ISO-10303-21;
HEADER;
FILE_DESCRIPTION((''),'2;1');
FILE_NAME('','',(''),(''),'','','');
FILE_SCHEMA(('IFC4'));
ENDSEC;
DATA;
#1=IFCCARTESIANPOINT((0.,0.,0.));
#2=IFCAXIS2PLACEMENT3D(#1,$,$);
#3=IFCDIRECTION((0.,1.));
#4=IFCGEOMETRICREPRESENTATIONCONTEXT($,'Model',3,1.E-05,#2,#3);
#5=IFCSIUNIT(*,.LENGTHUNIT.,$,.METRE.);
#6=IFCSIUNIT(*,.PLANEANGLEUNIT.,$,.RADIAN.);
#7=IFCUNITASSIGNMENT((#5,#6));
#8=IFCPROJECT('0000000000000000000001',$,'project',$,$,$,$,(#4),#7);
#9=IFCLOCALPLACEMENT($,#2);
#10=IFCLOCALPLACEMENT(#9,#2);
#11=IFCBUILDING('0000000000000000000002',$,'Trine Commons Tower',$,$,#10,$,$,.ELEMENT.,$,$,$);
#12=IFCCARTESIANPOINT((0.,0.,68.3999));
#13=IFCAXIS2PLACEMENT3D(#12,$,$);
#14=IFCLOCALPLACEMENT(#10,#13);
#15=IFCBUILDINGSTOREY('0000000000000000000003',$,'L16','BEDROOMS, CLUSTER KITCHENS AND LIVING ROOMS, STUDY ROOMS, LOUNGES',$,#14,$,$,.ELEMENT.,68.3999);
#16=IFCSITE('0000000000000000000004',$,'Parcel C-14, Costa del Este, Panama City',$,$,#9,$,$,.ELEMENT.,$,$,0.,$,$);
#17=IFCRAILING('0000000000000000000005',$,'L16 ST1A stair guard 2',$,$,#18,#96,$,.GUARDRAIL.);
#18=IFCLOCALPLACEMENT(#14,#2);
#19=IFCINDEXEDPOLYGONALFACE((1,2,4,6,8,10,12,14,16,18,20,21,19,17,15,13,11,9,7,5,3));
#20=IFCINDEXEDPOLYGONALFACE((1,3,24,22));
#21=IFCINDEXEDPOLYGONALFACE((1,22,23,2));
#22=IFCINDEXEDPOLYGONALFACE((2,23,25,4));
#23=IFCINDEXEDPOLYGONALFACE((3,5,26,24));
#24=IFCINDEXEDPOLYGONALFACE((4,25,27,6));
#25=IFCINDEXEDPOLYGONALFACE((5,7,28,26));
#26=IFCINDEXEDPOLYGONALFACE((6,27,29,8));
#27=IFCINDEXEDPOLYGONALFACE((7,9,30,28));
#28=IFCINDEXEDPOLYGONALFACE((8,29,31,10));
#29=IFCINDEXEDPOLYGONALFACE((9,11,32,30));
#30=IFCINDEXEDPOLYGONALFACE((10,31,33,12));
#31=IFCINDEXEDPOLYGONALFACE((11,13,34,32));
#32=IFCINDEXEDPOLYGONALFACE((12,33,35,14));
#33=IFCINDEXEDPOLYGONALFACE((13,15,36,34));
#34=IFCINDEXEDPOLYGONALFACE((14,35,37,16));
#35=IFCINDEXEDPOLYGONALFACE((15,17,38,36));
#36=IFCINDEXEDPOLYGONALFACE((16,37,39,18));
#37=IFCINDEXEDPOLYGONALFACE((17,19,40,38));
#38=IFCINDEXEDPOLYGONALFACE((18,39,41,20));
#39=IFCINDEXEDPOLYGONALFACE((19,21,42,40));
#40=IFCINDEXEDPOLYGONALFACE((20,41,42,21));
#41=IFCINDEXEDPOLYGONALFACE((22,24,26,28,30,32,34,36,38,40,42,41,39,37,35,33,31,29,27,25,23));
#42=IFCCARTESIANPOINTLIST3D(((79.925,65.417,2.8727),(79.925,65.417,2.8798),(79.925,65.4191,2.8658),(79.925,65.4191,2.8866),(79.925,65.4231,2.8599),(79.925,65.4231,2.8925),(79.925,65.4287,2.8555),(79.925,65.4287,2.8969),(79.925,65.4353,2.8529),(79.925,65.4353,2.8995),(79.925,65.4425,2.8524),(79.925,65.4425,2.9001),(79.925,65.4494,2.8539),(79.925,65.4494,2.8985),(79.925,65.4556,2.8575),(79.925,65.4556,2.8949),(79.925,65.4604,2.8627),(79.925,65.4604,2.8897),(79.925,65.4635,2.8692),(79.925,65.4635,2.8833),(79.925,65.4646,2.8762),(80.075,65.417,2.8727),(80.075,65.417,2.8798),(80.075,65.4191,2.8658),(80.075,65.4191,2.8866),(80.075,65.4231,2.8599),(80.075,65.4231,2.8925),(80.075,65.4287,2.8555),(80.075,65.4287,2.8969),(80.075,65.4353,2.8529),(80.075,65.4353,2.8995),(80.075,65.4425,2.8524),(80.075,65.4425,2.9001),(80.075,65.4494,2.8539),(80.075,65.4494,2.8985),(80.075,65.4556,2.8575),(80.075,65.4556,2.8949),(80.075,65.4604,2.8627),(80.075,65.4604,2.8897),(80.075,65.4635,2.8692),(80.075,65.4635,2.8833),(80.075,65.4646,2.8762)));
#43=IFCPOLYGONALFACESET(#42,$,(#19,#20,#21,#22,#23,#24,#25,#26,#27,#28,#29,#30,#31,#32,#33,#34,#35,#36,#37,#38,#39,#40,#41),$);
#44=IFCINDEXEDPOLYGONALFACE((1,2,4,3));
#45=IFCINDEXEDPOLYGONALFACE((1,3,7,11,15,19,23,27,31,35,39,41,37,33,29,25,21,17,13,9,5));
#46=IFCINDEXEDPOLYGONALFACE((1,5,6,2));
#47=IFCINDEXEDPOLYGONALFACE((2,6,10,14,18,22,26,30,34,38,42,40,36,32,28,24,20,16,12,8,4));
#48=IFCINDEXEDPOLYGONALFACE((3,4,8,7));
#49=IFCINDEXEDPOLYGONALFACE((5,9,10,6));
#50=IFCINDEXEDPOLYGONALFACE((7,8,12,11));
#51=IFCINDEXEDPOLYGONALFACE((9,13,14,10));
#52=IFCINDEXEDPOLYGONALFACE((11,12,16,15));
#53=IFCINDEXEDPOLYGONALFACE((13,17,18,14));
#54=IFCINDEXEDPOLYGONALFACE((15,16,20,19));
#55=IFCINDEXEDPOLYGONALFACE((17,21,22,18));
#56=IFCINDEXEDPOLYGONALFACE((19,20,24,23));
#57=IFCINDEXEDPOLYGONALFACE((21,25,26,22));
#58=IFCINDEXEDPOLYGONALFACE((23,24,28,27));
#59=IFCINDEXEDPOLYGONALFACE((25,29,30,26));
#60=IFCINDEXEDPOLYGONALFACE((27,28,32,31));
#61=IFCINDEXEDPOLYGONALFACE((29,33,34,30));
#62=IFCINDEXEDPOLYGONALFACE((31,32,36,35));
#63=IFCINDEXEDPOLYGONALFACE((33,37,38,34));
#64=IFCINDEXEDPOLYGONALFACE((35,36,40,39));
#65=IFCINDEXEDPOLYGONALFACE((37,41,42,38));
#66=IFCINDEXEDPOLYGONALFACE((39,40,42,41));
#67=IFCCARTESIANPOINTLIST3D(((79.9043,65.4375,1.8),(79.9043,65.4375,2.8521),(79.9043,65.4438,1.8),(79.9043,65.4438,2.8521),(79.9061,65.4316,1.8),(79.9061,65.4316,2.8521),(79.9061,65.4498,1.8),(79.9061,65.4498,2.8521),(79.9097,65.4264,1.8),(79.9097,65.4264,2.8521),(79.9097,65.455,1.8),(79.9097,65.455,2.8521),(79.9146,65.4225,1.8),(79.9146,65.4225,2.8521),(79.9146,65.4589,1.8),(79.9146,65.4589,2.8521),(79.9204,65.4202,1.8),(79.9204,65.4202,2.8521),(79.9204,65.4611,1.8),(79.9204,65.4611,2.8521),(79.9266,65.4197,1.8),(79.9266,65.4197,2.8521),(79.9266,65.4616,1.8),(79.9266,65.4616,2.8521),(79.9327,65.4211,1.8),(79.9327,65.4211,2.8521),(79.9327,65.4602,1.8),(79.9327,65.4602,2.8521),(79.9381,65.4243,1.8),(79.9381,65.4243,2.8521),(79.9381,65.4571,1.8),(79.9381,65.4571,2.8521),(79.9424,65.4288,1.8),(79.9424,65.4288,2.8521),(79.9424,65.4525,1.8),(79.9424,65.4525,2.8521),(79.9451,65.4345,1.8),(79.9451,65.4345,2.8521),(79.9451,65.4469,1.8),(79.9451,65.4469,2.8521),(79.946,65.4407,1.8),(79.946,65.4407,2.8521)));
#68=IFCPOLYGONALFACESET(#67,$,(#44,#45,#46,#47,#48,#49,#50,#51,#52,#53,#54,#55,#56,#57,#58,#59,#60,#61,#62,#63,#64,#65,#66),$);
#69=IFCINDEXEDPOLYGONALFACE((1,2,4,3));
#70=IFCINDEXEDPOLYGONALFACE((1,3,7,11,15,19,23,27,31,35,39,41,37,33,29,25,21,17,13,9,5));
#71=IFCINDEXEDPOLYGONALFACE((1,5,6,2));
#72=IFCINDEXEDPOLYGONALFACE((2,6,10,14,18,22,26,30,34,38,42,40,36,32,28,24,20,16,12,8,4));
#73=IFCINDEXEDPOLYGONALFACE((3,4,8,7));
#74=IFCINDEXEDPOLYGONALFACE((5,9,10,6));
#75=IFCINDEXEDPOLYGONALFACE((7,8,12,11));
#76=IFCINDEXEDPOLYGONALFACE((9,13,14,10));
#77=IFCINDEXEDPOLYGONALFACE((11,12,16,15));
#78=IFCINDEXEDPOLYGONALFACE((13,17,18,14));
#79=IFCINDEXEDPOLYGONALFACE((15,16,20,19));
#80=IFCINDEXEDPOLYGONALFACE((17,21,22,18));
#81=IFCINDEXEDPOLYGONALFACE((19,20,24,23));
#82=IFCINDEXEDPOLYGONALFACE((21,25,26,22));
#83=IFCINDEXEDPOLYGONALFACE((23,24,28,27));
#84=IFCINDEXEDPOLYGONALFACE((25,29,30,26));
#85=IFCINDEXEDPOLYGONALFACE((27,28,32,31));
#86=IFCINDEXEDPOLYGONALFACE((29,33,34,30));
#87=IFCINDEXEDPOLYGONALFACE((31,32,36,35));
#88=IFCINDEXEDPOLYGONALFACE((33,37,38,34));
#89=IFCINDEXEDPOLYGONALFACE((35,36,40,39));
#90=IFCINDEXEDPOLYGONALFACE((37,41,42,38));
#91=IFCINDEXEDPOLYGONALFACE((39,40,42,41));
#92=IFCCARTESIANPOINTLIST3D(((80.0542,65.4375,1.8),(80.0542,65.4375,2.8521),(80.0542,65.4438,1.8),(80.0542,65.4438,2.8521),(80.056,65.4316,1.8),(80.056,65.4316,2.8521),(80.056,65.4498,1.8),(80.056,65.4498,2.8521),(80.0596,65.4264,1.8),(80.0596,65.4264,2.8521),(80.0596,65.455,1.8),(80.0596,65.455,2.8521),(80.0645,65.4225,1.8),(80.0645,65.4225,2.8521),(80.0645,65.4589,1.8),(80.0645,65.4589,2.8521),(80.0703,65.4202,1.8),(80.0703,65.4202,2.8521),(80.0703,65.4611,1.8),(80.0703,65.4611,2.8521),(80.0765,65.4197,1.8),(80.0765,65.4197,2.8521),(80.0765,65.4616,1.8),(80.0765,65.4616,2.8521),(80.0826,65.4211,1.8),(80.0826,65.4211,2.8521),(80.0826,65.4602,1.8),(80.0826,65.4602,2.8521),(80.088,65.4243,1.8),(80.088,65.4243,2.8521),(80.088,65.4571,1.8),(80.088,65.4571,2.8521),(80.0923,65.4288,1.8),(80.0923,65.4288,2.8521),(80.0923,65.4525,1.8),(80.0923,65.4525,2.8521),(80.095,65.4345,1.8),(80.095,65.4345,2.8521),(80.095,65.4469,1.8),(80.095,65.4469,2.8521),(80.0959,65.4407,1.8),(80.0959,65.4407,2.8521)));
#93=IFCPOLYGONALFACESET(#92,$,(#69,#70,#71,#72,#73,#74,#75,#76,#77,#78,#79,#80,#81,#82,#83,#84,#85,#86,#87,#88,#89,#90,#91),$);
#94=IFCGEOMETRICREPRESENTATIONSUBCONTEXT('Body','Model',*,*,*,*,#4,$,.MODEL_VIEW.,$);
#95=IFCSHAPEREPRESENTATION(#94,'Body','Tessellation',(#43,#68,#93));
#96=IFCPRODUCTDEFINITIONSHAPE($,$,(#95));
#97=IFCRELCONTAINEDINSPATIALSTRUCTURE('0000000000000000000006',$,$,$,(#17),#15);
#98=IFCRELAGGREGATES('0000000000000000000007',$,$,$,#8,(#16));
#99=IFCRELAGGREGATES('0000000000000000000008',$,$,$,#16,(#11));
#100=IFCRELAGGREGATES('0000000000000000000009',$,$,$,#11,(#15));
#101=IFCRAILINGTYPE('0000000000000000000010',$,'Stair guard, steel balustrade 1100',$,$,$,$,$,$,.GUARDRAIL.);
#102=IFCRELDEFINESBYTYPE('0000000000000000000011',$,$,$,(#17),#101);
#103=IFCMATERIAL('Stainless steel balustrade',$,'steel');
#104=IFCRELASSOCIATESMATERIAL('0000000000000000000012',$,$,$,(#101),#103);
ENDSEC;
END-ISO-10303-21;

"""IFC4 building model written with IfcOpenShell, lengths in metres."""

from ifc_helpers import new_model, si_unit, direction, frame, origin, origin_2d, place, context, subcontext, project, spatial, circle, extrude, material, type_object, element, save


model = new_model("IFC4")

# Units and contexts
model_context = context("Model", 3, precision=1e-05, world=origin(), true_north=direction((0.0, 1.0)))
body_context = subcontext(model_context, "Body", "Model", "MODEL_VIEW")
ifc_project = project(units=[si_unit("LENGTHUNIT", "METRE"), si_unit("PLANEANGLEUNIT", "RADIAN")], contexts=[model_context])

# Site, building, storey
site_placement = place(None, origin())
site = spatial("IfcSite", under=ifc_project, at=site_placement, Name="Parcel C-14, Costa del Este, Panama City", CompositionType="ELEMENT", RefElevation=0.0)
building_placement = place(site_placement, origin())
building = spatial("IfcBuilding", under=site, at=building_placement, Name="Trine Commons Tower", CompositionType="ELEMENT")
storey_placement = place(building_placement, frame((0.0, 0.0, 68.3999)))
storey = spatial("IfcBuildingStorey", under=building, at=storey_placement, Name="L16", Description="BEDROOMS, CLUSTER KITCHENS AND LIVING ROOMS, STUDY ROOMS, LOUNGES", CompositionType="ELEMENT", Elevation=68.3999)

# Railing
ifc_material_1 = material(Name="Stainless steel balustrade", Category="steel")
railing_type_1 = type_object("IfcRailingType", Name="Stair guard, steel balustrade 1100", PredefinedType="GUARDRAIL", material=ifc_material_1)
railing_1_placement = place(storey_placement, frame((79.925, 65.4407, 1.8)))
element("IfcRailing", 1, at=railing_1_placement, inside=storey, type_object=railing_type_1, Name="L16 ST1A stair guard 2", PredefinedType="GUARDRAIL", context=body_context, shape_type="SweptSolid", body=[
    extrude(circle(Radius=0.0239, at=origin_2d()), frame((0.0, 0.0, 1.0762), z_axis=(1.0, 0.0, 0.0), x_axis=(0.0, 1.0, 0.0)), (0.0, 0.0, 1.0), 0.1499),
    extrude(circle(Radius=0.021, at=origin_2d()), origin(), (0.0, 0.0, 1.0), 1.052),
    extrude(circle(Radius=0.021, at=origin_2d()), frame((0.1499, 0.0, 0.0)), (0.0, 0.0, 1.0), 1.052),
])

save(model, "model.ifc")
